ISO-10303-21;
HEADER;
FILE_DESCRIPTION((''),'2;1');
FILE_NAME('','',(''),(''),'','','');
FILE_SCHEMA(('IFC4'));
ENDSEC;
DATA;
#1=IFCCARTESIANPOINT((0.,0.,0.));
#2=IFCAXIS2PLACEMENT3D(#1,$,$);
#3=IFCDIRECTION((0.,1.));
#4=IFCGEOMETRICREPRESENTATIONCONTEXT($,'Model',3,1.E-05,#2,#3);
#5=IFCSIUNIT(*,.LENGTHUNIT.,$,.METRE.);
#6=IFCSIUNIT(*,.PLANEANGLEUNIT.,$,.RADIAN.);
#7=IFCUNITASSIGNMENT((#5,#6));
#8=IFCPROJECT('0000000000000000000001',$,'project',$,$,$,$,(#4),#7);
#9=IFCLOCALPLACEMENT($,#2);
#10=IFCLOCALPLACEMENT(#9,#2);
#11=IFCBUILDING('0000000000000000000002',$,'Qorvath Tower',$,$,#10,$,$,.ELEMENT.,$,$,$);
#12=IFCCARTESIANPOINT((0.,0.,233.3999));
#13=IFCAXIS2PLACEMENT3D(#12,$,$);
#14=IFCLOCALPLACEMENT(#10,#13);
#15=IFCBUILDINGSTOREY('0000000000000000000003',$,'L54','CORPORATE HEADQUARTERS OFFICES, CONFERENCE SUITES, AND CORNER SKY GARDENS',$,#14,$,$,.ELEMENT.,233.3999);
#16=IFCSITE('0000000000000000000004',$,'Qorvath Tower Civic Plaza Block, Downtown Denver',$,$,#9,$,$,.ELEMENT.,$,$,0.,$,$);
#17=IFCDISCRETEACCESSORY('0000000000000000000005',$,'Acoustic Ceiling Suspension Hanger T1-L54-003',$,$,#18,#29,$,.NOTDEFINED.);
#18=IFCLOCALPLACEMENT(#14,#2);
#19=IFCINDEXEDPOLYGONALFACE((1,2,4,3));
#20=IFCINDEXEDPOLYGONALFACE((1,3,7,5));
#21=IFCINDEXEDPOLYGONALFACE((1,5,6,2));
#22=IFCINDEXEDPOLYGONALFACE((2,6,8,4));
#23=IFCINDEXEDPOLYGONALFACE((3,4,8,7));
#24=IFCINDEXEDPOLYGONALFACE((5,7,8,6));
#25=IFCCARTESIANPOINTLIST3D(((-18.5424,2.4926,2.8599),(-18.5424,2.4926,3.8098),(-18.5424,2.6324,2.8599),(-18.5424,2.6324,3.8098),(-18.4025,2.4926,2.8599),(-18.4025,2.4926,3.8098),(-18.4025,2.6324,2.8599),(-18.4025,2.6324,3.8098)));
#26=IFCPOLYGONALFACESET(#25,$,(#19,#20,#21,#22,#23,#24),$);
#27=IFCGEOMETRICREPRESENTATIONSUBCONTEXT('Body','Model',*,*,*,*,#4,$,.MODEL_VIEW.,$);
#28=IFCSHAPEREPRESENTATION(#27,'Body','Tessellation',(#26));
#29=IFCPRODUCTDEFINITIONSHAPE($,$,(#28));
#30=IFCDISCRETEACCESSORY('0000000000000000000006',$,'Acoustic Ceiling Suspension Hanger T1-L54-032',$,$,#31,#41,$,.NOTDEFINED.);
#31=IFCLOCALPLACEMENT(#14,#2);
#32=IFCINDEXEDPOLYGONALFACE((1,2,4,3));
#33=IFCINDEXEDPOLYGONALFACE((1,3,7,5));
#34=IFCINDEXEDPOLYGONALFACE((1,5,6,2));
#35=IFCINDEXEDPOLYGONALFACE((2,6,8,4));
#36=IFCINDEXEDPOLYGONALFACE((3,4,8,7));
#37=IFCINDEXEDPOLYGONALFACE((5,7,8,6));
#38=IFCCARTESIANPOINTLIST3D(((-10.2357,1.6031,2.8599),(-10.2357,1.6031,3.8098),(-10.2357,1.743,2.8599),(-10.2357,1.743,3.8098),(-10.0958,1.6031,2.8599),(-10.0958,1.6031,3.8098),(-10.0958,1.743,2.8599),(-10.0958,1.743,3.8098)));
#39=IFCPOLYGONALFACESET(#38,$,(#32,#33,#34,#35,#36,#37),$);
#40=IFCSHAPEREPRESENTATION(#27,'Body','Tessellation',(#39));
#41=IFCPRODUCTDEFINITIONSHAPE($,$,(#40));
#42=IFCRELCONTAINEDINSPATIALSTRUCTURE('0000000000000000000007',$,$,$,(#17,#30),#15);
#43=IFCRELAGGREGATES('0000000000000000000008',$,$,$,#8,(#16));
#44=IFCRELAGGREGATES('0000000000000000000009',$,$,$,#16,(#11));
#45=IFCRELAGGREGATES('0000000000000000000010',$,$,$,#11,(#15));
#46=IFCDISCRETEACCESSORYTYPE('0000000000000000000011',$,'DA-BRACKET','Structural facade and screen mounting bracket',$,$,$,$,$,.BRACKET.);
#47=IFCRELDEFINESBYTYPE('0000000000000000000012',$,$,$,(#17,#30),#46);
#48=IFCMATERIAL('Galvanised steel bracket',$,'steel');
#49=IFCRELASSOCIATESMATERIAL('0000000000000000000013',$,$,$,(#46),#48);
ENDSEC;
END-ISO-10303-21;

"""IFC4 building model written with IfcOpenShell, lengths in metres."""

from ifc_helpers import new_model, si_unit, direction, frame, origin, origin_2d, place, context, subcontext, project, spatial, rectangle, extrude, material, type_object, element, save


model = new_model("IFC4")

# Units and contexts
model_context = context("Model", 3, precision=1e-05, world=origin(), true_north=direction((0.0, 1.0)))
body_context = subcontext(model_context, "Body", "Model", "MODEL_VIEW")
ifc_project = project(units=[si_unit("LENGTHUNIT", "METRE"), si_unit("PLANEANGLEUNIT", "RADIAN")], contexts=[model_context])

# Site, building, storey
site_placement = place(None, origin())
site = spatial("IfcSite", under=ifc_project, at=site_placement, Name="Qorvath Tower Civic Plaza Block, Downtown Denver", CompositionType="ELEMENT", RefElevation=0.0)
building_placement = place(site_placement, origin())
building = spatial("IfcBuilding", under=site, at=building_placement, Name="Qorvath Tower", CompositionType="ELEMENT")
storey_placement = place(building_placement, frame((0.0, 0.0, 233.3999)))
storey = spatial("IfcBuildingStorey", under=building, at=storey_placement, Name="L54", Description="CORPORATE HEADQUARTERS OFFICES, CONFERENCE SUITES, AND CORNER SKY GARDENS", CompositionType="ELEMENT", Elevation=233.3999)

# Discrete accessories
ifc_material_1 = material(Name="Galvanised steel bracket", Category="steel")
discrete_accessory_type = type_object("IfcDiscreteAccessoryType", Name="DA-BRACKET", Description="Structural facade and screen mounting bracket", PredefinedType="BRACKET", material=ifc_material_1)
for number, where, z_axis, x_axis, name in (
    (1, (-18.4724, 2.5625, 2.8599), (0.0, 0.0, 1.0), (1.0, 0.0, 0.0), "Acoustic Ceiling Suspension Hanger T1-L54-003"),
    (2, (-10.1658, 1.6731, 2.8599), (0.0, 0.0, 1.0), (1.0, 0.0, 0.0), "Acoustic Ceiling Suspension Hanger T1-L54-032"),
):
    element("IfcDiscreteAccessory", number, at=place(storey_placement, frame(where, z_axis=z_axis, x_axis=x_axis)), inside=storey, type_object=discrete_accessory_type, Name=name, PredefinedType="NOTDEFINED", context=body_context, shape_type="SweptSolid", body=[
        extrude(rectangle(XDim=0.1399, YDim=0.1399, at=origin_2d()), origin(), (0.0, 0.0, 1.0), 0.95),
    ])

save(model, "model.ifc")
